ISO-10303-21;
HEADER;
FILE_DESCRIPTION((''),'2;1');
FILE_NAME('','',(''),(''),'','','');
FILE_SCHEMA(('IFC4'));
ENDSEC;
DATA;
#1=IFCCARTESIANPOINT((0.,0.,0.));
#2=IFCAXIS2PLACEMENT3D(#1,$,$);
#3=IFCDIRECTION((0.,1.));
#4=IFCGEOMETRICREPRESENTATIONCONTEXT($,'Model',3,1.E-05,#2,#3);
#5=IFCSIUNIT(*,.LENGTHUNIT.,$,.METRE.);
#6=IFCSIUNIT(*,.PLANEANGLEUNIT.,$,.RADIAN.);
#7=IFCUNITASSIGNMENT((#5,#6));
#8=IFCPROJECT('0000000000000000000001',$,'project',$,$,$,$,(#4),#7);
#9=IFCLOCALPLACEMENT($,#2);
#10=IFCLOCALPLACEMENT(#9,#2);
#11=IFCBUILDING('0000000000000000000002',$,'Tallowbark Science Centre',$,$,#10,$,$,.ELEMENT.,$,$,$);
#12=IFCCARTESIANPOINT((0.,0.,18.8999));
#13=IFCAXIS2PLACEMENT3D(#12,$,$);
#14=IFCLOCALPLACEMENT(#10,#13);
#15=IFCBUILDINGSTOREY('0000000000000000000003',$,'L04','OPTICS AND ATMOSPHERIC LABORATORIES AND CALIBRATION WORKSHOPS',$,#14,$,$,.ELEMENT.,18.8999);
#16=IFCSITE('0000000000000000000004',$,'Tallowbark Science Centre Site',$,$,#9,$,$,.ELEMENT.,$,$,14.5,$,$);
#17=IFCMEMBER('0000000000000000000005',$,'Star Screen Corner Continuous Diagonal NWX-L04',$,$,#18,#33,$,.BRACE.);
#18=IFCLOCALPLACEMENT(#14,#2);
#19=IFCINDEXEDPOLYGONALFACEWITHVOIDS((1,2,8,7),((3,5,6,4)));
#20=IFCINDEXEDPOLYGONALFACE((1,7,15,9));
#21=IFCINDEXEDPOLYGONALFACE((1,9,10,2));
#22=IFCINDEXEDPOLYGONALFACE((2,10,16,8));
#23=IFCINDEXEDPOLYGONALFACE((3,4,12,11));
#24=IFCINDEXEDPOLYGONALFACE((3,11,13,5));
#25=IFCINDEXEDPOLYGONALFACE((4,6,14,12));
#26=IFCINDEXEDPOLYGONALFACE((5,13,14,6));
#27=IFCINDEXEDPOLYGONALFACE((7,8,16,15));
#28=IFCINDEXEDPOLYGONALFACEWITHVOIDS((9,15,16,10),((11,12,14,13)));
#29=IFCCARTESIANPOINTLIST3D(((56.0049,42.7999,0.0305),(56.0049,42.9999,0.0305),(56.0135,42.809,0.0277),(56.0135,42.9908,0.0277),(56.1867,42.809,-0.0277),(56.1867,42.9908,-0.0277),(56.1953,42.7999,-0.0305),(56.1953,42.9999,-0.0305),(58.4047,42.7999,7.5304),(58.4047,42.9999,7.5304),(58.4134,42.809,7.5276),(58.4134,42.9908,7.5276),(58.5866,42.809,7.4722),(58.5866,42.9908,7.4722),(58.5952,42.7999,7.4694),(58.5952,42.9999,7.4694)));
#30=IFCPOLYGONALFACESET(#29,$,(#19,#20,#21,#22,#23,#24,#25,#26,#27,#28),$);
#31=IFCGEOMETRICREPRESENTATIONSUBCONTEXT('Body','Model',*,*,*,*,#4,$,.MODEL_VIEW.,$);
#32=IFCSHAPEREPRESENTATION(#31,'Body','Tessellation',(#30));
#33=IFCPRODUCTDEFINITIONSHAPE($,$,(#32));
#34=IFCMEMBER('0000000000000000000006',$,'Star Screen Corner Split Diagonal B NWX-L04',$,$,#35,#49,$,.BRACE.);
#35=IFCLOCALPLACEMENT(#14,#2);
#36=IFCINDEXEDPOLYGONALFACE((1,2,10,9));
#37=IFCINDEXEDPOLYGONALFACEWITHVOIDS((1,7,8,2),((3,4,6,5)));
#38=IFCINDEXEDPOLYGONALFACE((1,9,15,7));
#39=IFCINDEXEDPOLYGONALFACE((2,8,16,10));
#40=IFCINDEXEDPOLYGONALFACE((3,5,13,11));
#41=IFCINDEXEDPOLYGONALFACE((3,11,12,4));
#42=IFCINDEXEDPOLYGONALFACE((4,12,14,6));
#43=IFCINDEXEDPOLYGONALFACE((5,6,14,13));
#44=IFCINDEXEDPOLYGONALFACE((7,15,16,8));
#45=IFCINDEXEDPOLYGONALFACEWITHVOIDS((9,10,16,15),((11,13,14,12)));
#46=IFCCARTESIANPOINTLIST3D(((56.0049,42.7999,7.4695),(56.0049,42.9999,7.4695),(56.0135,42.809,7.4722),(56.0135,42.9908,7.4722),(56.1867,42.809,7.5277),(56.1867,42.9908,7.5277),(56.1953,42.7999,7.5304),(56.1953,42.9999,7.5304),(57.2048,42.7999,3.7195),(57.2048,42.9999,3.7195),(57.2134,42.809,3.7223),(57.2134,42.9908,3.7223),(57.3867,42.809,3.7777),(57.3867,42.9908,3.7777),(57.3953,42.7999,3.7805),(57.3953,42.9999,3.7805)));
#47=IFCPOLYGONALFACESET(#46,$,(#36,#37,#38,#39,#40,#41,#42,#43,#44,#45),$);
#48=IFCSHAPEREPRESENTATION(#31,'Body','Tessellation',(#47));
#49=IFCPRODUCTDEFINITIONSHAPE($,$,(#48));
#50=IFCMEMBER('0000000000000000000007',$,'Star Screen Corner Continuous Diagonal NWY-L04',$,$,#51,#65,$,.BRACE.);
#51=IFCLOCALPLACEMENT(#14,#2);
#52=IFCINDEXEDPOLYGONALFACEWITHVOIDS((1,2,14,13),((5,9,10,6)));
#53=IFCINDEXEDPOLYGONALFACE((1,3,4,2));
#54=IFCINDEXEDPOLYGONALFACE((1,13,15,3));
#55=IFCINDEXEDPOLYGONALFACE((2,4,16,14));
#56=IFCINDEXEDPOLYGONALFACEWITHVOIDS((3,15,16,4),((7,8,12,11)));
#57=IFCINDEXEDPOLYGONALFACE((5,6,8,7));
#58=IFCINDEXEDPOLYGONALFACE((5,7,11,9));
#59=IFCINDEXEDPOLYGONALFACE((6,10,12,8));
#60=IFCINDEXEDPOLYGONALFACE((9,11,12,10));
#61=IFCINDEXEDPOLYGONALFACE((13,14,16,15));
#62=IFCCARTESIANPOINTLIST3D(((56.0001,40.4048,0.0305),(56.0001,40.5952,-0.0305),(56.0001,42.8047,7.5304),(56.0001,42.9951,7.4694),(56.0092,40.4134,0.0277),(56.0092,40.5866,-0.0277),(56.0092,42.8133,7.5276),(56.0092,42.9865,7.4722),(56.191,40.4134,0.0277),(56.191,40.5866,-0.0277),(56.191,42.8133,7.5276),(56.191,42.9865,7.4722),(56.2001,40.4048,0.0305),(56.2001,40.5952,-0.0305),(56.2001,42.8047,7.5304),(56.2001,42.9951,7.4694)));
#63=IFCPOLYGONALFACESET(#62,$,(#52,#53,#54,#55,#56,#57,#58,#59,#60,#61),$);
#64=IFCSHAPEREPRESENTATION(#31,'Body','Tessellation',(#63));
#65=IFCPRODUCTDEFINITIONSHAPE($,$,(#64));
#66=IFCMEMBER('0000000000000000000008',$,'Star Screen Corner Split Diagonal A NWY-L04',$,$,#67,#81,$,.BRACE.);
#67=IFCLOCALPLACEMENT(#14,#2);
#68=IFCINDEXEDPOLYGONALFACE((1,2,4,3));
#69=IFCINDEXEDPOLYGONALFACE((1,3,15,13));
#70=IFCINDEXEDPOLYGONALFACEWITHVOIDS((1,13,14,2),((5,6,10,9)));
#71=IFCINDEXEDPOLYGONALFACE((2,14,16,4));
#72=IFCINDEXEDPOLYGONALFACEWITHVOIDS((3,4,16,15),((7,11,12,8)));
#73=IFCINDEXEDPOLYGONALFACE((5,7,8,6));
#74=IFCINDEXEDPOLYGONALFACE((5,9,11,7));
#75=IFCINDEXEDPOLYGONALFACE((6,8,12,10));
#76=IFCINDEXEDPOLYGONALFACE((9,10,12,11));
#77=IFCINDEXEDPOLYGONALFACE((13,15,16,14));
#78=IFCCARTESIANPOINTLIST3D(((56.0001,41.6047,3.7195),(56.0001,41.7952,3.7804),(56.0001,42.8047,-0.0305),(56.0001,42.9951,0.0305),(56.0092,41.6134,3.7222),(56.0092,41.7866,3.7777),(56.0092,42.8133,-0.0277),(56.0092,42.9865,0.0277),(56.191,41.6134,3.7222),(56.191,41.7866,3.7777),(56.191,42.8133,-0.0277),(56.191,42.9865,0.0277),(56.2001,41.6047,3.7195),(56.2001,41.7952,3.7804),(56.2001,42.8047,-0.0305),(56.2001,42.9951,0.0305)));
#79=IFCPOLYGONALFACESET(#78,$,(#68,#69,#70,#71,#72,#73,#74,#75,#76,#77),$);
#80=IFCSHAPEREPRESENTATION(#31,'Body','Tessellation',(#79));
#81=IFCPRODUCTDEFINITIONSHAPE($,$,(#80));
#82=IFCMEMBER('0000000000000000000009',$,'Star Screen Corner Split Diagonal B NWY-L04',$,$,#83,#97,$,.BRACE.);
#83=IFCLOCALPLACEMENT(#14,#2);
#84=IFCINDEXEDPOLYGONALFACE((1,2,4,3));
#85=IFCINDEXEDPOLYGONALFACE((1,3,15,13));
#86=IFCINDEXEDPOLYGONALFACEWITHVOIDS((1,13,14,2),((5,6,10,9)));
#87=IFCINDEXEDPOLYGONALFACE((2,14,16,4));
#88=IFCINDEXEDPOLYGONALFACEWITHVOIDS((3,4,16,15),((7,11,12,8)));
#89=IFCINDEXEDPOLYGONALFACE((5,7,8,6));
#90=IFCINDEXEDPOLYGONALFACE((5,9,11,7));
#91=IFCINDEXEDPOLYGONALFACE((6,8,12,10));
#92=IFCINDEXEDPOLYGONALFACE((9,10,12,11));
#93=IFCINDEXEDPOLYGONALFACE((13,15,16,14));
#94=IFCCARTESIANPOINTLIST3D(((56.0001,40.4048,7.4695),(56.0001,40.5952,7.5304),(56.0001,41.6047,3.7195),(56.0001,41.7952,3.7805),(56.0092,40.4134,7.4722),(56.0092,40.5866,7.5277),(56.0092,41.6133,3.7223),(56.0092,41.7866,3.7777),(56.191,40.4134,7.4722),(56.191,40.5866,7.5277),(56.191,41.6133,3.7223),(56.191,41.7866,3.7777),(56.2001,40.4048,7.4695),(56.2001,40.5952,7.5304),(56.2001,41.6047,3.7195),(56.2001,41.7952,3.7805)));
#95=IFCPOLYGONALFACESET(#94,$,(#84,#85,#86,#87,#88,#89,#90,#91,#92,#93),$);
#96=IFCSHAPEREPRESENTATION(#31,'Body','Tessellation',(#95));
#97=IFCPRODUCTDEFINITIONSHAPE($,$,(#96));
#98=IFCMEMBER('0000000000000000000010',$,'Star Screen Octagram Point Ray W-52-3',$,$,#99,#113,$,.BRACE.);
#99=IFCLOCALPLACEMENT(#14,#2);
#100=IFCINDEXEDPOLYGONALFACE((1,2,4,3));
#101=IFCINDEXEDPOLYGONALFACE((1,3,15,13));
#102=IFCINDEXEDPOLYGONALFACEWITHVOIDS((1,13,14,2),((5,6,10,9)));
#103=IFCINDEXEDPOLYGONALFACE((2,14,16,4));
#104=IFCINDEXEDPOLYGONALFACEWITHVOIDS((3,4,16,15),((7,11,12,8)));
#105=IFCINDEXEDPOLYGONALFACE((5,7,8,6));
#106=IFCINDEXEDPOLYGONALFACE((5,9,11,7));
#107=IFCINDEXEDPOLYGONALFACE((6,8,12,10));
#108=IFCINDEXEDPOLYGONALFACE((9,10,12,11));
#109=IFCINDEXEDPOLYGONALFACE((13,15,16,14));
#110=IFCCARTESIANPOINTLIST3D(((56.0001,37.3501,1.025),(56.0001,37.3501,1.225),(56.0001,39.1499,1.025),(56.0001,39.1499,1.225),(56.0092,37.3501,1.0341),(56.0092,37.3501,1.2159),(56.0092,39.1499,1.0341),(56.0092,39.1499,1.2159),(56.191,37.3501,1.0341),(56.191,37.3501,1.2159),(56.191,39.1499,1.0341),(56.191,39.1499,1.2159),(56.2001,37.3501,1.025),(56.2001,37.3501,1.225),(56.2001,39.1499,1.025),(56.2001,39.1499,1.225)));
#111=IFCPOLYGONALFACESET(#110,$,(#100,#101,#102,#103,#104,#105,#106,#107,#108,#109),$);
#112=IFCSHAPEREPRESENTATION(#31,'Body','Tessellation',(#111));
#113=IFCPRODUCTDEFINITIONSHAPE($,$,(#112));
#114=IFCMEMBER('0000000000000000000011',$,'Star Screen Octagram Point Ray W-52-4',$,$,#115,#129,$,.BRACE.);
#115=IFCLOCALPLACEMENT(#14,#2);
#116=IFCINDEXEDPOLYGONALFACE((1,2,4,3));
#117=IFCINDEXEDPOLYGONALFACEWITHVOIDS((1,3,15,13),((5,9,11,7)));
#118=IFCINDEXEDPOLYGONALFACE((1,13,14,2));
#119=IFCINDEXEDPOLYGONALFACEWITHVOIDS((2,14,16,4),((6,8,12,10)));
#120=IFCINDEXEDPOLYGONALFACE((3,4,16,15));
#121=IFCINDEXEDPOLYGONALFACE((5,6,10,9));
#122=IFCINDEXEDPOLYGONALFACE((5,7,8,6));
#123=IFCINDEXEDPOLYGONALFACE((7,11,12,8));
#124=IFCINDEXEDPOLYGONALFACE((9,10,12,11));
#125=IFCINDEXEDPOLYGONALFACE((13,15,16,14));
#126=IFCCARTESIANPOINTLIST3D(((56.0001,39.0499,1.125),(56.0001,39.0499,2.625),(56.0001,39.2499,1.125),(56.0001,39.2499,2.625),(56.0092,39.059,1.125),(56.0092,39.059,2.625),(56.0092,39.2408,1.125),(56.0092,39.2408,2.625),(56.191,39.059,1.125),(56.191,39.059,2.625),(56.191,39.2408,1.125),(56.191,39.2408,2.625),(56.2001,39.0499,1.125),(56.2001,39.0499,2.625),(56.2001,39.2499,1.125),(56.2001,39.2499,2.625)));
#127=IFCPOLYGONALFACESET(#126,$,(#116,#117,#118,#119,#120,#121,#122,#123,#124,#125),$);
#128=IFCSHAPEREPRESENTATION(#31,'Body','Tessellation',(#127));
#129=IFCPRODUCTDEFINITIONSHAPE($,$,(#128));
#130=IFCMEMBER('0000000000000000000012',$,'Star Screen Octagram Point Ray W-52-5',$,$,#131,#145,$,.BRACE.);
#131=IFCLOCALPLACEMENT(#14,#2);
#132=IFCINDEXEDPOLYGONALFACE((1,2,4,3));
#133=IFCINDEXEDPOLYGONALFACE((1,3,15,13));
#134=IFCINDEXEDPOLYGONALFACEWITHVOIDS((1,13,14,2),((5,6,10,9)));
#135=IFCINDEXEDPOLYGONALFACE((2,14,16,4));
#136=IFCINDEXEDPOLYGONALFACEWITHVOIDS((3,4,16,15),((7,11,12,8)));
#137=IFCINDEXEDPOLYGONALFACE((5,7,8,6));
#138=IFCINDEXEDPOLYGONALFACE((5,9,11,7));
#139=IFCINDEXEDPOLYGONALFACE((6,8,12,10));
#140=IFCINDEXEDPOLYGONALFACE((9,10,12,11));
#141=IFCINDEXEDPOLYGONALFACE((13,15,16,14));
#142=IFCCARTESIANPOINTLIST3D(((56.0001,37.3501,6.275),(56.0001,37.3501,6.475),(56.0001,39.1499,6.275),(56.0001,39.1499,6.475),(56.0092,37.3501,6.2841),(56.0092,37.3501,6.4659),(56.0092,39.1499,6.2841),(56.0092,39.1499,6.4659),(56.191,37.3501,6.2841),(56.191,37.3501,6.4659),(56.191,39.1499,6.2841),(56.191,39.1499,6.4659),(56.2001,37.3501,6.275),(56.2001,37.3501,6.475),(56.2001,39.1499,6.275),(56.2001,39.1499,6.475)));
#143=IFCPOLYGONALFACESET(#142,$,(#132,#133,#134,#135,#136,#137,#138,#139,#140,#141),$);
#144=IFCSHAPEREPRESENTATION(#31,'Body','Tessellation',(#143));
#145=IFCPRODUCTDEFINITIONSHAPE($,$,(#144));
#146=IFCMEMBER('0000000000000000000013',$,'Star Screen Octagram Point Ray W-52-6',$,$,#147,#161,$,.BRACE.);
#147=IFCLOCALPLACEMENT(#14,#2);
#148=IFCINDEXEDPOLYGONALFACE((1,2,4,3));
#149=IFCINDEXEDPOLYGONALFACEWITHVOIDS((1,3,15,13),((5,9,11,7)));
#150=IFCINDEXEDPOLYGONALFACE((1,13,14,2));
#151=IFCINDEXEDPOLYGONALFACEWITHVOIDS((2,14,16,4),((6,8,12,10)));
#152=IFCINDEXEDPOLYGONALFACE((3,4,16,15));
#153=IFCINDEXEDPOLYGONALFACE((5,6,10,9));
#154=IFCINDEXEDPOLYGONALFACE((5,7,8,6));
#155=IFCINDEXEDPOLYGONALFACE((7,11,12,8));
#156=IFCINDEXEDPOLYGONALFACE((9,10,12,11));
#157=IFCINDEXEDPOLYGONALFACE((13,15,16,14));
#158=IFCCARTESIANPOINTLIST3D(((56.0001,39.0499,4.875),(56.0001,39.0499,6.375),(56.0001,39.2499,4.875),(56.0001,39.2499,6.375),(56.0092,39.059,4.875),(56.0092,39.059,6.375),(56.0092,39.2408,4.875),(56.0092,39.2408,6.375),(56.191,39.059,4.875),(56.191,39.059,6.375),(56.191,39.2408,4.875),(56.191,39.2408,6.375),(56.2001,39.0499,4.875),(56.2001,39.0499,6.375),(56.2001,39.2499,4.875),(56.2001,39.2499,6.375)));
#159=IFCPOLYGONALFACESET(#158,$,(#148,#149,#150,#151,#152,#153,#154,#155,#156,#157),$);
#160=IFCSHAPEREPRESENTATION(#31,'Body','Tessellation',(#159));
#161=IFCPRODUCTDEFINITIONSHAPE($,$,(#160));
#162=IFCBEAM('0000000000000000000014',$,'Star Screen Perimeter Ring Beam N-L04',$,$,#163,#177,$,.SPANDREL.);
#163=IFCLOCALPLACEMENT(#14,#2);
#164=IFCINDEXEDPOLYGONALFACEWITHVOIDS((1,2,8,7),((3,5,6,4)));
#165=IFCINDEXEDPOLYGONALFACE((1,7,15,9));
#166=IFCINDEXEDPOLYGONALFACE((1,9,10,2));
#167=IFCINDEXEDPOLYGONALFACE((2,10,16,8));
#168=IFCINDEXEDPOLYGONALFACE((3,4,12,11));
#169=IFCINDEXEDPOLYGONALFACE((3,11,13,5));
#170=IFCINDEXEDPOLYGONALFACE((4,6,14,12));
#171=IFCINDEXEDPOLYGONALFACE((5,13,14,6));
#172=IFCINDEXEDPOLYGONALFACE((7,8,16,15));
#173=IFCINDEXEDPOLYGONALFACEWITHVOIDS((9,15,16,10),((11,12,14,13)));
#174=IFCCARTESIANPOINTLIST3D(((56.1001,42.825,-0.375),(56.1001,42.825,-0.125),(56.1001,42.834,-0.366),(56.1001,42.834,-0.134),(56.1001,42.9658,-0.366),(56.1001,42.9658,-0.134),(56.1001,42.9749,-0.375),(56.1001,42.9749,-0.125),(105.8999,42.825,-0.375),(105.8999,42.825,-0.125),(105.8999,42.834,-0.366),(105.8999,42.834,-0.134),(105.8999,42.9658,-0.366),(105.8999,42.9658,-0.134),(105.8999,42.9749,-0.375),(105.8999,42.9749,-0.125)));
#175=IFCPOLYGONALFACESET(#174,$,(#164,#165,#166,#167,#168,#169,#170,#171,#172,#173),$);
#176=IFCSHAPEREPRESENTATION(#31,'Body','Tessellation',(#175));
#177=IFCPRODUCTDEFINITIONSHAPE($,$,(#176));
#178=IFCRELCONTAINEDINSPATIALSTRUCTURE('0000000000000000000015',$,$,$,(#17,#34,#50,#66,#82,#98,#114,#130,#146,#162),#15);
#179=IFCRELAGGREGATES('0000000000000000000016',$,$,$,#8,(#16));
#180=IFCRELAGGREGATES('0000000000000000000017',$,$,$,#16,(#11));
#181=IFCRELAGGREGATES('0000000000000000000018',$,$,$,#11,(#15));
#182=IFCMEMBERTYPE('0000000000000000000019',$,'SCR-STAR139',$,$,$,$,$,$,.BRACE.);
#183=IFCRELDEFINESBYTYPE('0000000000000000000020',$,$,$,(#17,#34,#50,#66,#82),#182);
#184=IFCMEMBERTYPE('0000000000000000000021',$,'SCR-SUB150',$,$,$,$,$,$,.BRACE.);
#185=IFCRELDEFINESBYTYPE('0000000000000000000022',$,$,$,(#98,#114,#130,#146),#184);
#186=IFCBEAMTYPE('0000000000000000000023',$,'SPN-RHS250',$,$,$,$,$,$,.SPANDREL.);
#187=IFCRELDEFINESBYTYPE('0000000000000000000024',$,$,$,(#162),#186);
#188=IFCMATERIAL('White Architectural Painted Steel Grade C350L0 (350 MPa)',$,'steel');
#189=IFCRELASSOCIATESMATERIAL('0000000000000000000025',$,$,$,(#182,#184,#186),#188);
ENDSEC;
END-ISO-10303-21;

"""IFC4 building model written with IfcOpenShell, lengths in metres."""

from ifc_helpers import new_model, si_unit, direction, frame, origin, origin_2d, place, context, subcontext, project, spatial, hollow_rectangle, extrude, material, material_profile, profile_set, type_object, element, save


model = new_model("IFC4")

# Units and contexts
model_context = context("Model", 3, precision=1e-05, world=origin(), true_north=direction((0.0, 1.0)))
body_context = subcontext(model_context, "Body", "Model", "MODEL_VIEW")
ifc_project = project(units=[si_unit("LENGTHUNIT", "METRE"), si_unit("PLANEANGLEUNIT", "RADIAN")], contexts=[model_context])

# Site, building, storey
site_placement = place(None, origin())
site = spatial("IfcSite", under=ifc_project, at=site_placement, Name="Tallowbark Science Centre Site", CompositionType="ELEMENT", RefElevation=14.5)
building_placement = place(site_placement, origin())
building = spatial("IfcBuilding", under=site, at=building_placement, Name="Tallowbark Science Centre", CompositionType="ELEMENT")
storey_placement = place(building_placement, frame((0.0, 0.0, 18.8999)))
storey = spatial("IfcBuildingStorey", under=building, at=storey_placement, Name="L04", Description="OPTICS AND ATMOSPHERIC LABORATORIES AND CALIBRATION WORKSHOPS", CompositionType="ELEMENT", Elevation=18.8999)

# Shared definitions
ifc_material_1 = material(Name="White Architectural Painted Steel Grade C350L0 (350 MPa)", Category="steel")

# Members
ifc_material_profile_1 = material_profile(ifc_material_1, hollow_rectangle(XDim=0.2, YDim=0.2, WallThickness=0.009, at=origin_2d()), Name="200x200x9.0SHS")
ifc_profile_set_1 = profile_set([ifc_material_profile_1], Name="White Architectural Painted Steel Grade C350L0 (350 MPa)")
member_type_1 = type_object("IfcMemberType", Name="SCR-STAR139", PredefinedType="BRACE", material=ifc_profile_set_1)
member_1_placement = place(storey_placement, frame((56.1001, 42.8999, 0.0), z_axis=(0.304764, 0.0, 0.952428), x_axis=(0.0, 1.0, 0.0)))
element("IfcMember", 1, at=member_1_placement, inside=storey, type_object=member_type_1, Name="Star Screen Corner Continuous Diagonal NWX-L04", PredefinedType="BRACE", context=body_context, shape_type="SweptSolid", body=[
    extrude(hollow_rectangle(XDim=0.2, YDim=0.2, WallThickness=0.009, at=origin_2d()), origin(), (0.0, 0.0, 1.0), 7.8745),
])
member_2_placement = place(storey_placement, frame((57.3, 42.8999, 3.75), z_axis=(-0.304764, 0.0, 0.952428), x_axis=(0.0, -1.0, 0.0)))
element("IfcMember", 2, at=member_2_placement, inside=storey, type_object=member_type_1, Name="Star Screen Corner Split Diagonal B NWX-L04", PredefinedType="BRACE", context=body_context, shape_type="SweptSolid", body=[
    extrude(hollow_rectangle(XDim=0.2, YDim=0.2, WallThickness=0.009, at=origin_2d()), origin(), (0.0, 0.0, 1.0), 3.9373),
])
member_3_placement = place(storey_placement, frame((56.1001, 40.5, 0.0), z_axis=(0.0, 0.304764, 0.952428), x_axis=(-1.0, 0.0, 0.0)))
element("IfcMember", 3, at=member_3_placement, inside=storey, type_object=member_type_1, Name="Star Screen Corner Continuous Diagonal NWY-L04", PredefinedType="BRACE", context=body_context, shape_type="SweptSolid", body=[
    extrude(hollow_rectangle(XDim=0.2, YDim=0.2, WallThickness=0.009, at=origin_2d()), origin(), (0.0, 0.0, 1.0), 7.8745),
])
for number, where, z_axis, x_axis, name in (
    (4, (56.1001, 42.8999, 0.0), (0.0, -0.304764, 0.952428), (1.0, 0.0, 0.0), "Star Screen Corner Split Diagonal A NWY-L04"),
    (5, (56.1001, 41.7, 3.75), (0.0, -0.304764, 0.952428), (1.0, 0.0, 0.0), "Star Screen Corner Split Diagonal B NWY-L04"),
):
    element("IfcMember", number, at=place(storey_placement, frame(where, z_axis=z_axis, x_axis=x_axis)), inside=storey, type_object=member_type_1, Name=name, PredefinedType="BRACE", context=body_context, shape_type="SweptSolid", body=[
        extrude(hollow_rectangle(XDim=0.2, YDim=0.2, WallThickness=0.009, at=origin_2d()), origin(), (0.0, 0.0, 1.0), 3.9373),
    ])
ifc_material_profile_2 = material_profile(ifc_material_1, hollow_rectangle(XDim=0.2, YDim=0.2, WallThickness=0.009, at=origin_2d()), Name="200x200x9.0SHS")
ifc_profile_set_2 = profile_set([ifc_material_profile_2], Name="White Architectural Painted Steel Grade C350L0 (350 MPa)")
member_type_2 = type_object("IfcMemberType", Name="SCR-SUB150", PredefinedType="BRACE", material=ifc_profile_set_2)
member_4_placement = place(storey_placement, frame((56.1001, 39.1499, 1.125), z_axis=(0.0, -1.0, 0.0), x_axis=(1.0, 0.0, 0.0)))
element("IfcMember", 6, at=member_4_placement, inside=storey, type_object=member_type_2, Name="Star Screen Octagram Point Ray W-52-3", PredefinedType="BRACE", context=body_context, shape_type="SweptSolid", body=[
    extrude(hollow_rectangle(XDim=0.2, YDim=0.2, WallThickness=0.009, at=origin_2d()), origin(), (0.0, 0.0, 1.0), 1.7998),
])
member_5_placement = place(storey_placement, frame((56.1001, 39.1499, 1.125), z_axis=(0.0, 0.0, 1.0), x_axis=(1.0, 0.0, 0.0)))
element("IfcMember", 7, at=member_5_placement, inside=storey, type_object=member_type_2, Name="Star Screen Octagram Point Ray W-52-4", PredefinedType="BRACE", context=body_context, shape_type="SweptSolid", body=[
    extrude(hollow_rectangle(XDim=0.2, YDim=0.2, WallThickness=0.009, at=origin_2d()), origin(), (0.0, 0.0, 1.0), 1.5),
])
member_6_placement = place(storey_placement, frame((56.1001, 39.1499, 6.375), z_axis=(0.0, -1.0, 0.0), x_axis=(1.0, 0.0, 0.0)))
element("IfcMember", 8, at=member_6_placement, inside=storey, type_object=member_type_2, Name="Star Screen Octagram Point Ray W-52-5", PredefinedType="BRACE", context=body_context, shape_type="SweptSolid", body=[
    extrude(hollow_rectangle(XDim=0.2, YDim=0.2, WallThickness=0.009, at=origin_2d()), origin(), (0.0, 0.0, 1.0), 1.7998),
])
member_7_placement = place(storey_placement, frame((56.1001, 39.1499, 6.375), z_axis=(0.0, 0.0, -1.0), x_axis=(1.0, 0.0, 0.0)))
element("IfcMember", 9, at=member_7_placement, inside=storey, type_object=member_type_2, Name="Star Screen Octagram Point Ray W-52-6", PredefinedType="BRACE", context=body_context, shape_type="SweptSolid", body=[
    extrude(hollow_rectangle(XDim=0.2, YDim=0.2, WallThickness=0.009, at=origin_2d()), origin(), (0.0, 0.0, 1.0), 1.5),
])

# Beam
ifc_material_profile_3 = material_profile(ifc_material_1, hollow_rectangle(XDim=0.1499, YDim=0.25, WallThickness=0.009, at=origin_2d()), Name="250x150x9.0RHS")
ifc_profile_set_3 = profile_set([ifc_material_profile_3], Name="White Architectural Painted Steel Grade C350L0 (350 MPa)")
beam_type_1 = type_object("IfcBeamType", Name="SPN-RHS250", PredefinedType="SPANDREL", material=ifc_profile_set_3)
beam_1_placement = place(storey_placement, frame((56.1001, 42.8999, -0.25), z_axis=(1.0, 0.0, 0.0), x_axis=(0.0, 1.0, 0.0)))
element("IfcBeam", 10, at=beam_1_placement, inside=storey, type_object=beam_type_1, Name="Star Screen Perimeter Ring Beam N-L04", PredefinedType="SPANDREL", context=body_context, shape_type="SweptSolid", body=[
    extrude(hollow_rectangle(XDim=0.1499, YDim=0.25, WallThickness=0.009, at=origin_2d()), origin(), (0.0, 0.0, 1.0), 49.7998),
])

save(model, "model.ifc")
